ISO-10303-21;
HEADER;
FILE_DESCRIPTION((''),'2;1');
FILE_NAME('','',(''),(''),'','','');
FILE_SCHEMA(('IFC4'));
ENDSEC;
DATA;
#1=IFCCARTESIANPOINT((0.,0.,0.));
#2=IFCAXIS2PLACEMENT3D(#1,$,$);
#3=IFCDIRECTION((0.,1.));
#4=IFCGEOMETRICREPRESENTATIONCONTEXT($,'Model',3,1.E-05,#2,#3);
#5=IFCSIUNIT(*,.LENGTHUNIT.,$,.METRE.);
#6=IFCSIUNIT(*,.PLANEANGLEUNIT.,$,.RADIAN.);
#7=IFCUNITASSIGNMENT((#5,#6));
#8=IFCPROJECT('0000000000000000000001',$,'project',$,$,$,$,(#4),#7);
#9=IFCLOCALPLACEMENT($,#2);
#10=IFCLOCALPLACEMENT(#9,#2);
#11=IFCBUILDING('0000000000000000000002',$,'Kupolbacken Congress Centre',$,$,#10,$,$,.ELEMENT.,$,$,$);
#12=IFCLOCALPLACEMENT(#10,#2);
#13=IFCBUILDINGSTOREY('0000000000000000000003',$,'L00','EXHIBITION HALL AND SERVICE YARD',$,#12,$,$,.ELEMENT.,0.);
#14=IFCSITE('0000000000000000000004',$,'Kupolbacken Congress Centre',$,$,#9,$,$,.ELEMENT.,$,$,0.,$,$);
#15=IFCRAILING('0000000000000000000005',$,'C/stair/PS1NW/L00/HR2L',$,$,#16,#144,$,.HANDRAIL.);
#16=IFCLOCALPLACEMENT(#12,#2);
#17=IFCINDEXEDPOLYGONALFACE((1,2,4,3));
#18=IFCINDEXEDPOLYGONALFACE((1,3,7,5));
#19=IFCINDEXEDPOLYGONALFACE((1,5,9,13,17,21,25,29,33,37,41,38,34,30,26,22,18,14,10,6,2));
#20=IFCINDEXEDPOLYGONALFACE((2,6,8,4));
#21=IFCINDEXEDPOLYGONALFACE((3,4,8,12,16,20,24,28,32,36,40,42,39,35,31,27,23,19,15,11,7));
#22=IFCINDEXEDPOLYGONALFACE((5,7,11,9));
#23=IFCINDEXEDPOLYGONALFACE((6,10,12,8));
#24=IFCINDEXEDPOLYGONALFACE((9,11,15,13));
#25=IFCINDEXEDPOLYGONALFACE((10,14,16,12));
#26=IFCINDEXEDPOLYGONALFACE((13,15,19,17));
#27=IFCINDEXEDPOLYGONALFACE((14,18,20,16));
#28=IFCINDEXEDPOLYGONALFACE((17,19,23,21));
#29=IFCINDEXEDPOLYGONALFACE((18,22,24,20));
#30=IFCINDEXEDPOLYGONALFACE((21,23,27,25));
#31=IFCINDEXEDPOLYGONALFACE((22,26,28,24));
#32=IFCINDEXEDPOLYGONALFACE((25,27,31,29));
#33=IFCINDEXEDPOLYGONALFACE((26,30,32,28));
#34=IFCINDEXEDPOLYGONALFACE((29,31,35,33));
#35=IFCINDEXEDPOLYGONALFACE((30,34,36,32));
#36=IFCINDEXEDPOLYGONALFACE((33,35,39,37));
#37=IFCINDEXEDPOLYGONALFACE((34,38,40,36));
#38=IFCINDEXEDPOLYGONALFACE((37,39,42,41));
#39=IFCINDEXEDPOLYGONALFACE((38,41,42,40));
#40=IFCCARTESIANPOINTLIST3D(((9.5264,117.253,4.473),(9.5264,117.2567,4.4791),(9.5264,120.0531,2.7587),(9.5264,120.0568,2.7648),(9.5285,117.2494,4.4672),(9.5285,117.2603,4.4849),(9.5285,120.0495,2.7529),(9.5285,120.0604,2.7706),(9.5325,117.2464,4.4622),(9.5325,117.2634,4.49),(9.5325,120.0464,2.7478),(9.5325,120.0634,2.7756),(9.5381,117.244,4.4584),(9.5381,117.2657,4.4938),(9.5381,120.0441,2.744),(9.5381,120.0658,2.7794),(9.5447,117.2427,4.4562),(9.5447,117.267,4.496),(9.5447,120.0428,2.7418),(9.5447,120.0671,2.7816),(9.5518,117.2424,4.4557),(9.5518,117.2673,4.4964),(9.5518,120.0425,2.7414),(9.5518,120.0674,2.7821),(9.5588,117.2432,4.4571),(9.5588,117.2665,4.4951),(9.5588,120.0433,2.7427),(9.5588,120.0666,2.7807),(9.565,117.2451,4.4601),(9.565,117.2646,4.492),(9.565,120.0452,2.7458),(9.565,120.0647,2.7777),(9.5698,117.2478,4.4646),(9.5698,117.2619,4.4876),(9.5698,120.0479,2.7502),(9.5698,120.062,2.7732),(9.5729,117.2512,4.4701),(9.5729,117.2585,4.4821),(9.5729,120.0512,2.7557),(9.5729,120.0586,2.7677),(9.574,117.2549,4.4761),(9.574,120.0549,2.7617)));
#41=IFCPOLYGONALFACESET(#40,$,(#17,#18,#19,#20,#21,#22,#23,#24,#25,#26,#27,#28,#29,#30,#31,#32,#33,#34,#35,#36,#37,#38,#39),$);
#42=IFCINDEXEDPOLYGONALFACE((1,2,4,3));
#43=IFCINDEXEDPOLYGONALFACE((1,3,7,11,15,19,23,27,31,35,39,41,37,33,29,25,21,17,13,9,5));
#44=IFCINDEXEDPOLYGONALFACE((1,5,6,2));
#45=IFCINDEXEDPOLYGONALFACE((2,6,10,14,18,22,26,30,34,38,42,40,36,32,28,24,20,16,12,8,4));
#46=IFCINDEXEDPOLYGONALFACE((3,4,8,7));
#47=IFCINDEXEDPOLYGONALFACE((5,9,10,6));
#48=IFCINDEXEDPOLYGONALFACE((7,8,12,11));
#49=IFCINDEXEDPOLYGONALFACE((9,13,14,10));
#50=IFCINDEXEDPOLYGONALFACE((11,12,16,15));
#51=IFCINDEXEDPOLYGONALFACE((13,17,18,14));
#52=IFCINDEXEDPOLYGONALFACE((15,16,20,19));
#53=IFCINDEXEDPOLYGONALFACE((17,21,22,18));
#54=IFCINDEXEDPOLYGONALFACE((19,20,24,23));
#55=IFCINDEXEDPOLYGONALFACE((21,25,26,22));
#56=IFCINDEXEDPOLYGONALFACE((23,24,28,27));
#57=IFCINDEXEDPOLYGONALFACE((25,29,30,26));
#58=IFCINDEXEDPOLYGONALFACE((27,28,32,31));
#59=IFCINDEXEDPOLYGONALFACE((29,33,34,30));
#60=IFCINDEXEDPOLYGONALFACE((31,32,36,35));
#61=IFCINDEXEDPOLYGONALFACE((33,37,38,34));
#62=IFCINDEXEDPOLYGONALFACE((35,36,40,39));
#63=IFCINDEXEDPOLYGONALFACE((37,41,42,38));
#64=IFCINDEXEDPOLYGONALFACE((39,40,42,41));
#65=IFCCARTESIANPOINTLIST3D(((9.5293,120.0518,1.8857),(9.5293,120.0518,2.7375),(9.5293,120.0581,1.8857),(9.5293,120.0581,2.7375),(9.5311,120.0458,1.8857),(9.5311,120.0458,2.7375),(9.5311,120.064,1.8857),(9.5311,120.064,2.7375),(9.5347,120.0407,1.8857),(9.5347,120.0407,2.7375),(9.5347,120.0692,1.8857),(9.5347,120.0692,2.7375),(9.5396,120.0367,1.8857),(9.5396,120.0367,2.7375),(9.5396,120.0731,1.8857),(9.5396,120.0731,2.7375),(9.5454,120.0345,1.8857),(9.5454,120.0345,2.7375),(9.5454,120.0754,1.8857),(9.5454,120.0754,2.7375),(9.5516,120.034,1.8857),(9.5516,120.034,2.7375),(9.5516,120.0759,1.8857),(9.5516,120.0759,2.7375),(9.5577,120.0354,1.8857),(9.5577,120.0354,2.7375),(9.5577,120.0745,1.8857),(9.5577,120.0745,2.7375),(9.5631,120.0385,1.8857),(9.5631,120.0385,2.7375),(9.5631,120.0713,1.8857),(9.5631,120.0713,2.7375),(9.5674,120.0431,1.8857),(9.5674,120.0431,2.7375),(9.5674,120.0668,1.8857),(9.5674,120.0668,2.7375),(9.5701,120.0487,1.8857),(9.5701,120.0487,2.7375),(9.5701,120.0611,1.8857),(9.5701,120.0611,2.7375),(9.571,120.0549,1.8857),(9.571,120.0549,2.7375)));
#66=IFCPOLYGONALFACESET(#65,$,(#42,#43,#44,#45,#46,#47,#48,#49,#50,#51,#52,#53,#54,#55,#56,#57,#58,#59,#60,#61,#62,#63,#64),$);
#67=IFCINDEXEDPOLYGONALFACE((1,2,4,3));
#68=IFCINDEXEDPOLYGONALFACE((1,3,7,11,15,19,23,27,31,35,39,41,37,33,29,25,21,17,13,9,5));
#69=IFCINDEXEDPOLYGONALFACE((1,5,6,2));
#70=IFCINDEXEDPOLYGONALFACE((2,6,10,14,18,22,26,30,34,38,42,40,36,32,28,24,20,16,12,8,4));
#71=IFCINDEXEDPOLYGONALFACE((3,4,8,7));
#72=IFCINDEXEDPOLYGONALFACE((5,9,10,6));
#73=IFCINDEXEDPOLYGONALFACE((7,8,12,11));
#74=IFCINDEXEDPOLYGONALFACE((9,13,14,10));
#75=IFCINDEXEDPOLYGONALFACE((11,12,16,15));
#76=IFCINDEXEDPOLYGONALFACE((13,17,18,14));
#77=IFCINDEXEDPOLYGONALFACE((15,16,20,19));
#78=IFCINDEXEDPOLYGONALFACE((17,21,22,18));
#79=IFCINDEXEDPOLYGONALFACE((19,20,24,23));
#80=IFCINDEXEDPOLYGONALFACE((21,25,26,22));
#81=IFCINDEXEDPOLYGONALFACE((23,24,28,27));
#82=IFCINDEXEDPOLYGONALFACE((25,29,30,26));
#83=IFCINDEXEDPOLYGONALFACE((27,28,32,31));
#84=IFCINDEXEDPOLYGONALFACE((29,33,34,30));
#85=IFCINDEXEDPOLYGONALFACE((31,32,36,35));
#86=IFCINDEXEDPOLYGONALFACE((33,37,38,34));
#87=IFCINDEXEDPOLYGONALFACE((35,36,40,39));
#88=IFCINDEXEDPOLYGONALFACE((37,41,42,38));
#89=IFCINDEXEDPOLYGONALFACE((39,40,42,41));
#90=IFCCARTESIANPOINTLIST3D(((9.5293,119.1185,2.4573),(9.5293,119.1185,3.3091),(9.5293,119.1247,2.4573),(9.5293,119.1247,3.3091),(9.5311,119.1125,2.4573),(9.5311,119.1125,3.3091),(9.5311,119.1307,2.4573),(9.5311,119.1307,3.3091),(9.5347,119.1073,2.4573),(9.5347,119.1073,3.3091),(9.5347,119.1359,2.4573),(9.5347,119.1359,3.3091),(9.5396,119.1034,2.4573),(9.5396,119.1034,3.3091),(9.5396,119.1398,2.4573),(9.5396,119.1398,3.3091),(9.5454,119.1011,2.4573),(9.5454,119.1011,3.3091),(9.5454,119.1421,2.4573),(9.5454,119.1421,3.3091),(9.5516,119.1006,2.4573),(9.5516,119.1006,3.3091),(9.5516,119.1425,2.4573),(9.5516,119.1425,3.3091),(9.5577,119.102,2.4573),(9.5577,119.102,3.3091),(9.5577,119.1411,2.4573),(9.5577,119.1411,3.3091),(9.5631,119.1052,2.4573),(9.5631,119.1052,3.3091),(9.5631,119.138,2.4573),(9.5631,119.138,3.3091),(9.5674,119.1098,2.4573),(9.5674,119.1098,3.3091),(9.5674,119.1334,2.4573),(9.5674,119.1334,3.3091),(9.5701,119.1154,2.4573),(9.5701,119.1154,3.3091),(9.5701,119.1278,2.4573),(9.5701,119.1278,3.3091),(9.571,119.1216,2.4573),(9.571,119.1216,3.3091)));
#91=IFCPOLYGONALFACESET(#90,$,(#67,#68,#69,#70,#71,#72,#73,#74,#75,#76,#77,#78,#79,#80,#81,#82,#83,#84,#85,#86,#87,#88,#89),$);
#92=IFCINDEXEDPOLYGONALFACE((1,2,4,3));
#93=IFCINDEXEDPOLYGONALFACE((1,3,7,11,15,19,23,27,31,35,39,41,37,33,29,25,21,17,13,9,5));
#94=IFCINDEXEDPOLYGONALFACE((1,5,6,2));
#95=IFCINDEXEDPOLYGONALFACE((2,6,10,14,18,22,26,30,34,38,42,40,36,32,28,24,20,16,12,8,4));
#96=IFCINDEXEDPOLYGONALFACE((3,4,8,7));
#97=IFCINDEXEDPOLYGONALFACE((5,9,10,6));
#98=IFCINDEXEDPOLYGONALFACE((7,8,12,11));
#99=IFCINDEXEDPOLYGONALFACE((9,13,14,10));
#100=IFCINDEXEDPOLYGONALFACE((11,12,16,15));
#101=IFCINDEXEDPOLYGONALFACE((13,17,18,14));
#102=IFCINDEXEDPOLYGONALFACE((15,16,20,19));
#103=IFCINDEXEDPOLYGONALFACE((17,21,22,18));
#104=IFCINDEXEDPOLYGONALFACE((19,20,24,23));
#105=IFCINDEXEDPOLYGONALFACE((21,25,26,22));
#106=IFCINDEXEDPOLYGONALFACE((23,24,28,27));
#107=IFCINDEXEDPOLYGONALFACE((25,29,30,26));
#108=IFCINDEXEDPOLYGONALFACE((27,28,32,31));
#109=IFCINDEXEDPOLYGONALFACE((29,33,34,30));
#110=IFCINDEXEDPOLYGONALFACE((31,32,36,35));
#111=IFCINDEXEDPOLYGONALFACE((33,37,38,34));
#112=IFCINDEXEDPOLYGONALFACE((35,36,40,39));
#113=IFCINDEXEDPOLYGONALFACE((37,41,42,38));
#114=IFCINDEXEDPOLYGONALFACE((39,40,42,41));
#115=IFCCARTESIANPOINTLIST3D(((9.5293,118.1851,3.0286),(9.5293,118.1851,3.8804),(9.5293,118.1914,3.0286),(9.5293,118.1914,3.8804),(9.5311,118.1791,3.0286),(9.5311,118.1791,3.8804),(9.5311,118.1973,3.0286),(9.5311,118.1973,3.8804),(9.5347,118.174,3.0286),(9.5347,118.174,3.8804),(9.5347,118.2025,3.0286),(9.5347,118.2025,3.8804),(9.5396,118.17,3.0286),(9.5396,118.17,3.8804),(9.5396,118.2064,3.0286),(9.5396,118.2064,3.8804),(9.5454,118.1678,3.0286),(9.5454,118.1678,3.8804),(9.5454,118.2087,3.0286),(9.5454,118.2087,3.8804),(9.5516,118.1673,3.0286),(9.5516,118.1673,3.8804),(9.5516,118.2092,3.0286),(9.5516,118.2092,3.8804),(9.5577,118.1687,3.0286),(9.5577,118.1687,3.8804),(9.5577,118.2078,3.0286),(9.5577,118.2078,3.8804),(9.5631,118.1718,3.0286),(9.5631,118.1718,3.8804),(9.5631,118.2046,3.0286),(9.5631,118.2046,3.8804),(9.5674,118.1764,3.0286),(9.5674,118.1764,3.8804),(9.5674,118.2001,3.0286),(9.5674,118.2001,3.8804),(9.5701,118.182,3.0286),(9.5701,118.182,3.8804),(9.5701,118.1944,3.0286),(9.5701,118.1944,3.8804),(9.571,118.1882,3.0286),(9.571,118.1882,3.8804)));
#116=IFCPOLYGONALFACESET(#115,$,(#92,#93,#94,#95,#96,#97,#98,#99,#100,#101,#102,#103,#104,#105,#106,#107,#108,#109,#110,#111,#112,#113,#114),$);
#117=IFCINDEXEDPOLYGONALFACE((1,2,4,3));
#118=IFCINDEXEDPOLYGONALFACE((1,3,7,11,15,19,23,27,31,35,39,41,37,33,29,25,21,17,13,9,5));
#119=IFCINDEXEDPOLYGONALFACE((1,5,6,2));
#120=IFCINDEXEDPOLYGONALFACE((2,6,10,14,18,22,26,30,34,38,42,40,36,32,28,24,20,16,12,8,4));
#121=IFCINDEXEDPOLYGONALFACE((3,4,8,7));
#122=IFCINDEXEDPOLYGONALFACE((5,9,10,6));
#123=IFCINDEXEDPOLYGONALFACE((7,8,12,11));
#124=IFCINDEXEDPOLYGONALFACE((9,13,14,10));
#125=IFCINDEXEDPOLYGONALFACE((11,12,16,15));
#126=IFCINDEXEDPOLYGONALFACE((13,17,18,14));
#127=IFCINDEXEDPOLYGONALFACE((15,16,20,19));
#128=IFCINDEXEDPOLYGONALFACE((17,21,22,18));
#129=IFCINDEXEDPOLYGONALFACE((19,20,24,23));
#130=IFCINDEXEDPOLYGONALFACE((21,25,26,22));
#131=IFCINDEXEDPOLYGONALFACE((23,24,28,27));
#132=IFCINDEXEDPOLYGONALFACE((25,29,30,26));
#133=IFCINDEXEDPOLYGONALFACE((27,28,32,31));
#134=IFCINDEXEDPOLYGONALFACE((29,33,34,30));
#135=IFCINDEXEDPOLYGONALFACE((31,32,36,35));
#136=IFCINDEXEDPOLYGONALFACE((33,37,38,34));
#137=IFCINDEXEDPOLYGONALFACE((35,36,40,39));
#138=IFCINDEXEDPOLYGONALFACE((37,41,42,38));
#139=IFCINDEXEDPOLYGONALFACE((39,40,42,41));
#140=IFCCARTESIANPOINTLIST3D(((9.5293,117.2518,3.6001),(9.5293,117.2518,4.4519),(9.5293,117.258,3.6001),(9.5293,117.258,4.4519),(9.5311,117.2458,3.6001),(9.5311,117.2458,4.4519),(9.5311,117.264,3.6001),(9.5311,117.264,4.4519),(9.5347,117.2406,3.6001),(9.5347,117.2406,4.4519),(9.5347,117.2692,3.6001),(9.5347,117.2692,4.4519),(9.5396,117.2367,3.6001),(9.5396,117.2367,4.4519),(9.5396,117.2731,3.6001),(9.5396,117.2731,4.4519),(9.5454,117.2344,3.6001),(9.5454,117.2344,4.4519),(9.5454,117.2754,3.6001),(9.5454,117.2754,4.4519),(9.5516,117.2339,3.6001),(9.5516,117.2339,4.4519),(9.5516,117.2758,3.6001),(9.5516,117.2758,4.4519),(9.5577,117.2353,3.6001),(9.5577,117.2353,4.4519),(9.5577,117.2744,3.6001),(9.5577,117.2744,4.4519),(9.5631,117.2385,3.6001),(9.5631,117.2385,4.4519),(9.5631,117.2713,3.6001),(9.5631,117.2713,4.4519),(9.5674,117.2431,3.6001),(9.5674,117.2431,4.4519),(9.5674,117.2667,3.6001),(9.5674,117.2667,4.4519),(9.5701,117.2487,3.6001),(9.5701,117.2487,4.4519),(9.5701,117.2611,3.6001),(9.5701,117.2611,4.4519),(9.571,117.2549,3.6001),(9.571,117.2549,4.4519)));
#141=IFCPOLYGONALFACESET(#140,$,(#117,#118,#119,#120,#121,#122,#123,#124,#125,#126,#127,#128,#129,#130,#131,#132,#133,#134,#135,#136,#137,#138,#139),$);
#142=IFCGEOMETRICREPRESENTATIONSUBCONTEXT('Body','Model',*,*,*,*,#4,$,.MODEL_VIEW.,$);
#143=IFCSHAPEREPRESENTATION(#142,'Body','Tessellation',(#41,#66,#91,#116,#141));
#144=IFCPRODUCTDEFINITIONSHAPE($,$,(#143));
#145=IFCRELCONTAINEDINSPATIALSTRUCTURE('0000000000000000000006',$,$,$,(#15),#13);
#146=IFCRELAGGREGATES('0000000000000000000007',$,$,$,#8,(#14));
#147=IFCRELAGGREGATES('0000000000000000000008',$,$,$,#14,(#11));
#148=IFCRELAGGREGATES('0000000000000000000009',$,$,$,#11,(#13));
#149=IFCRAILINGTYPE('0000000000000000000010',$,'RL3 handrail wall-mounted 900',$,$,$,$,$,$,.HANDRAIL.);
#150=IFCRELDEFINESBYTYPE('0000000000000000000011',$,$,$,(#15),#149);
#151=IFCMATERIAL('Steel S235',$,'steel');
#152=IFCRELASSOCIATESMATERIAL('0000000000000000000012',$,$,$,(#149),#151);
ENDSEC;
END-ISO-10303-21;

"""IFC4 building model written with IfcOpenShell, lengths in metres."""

from ifc_helpers import new_model, si_unit, direction, frame, origin, origin_2d, place, context, subcontext, project, spatial, circle, extrude, material, type_object, element, save


model = new_model("IFC4")

# Units and contexts
model_context = context("Model", 3, precision=1e-05, world=origin(), true_north=direction((0.0, 1.0)))
body_context = subcontext(model_context, "Body", "Model", "MODEL_VIEW")
ifc_project = project(units=[si_unit("LENGTHUNIT", "METRE"), si_unit("PLANEANGLEUNIT", "RADIAN")], contexts=[model_context])

# Site, building, storey
site_placement = place(None, origin())
site = spatial("IfcSite", under=ifc_project, at=site_placement, Name="Kupolbacken Congress Centre", CompositionType="ELEMENT", RefElevation=0.0)
building_placement = place(site_placement, origin())
building = spatial("IfcBuilding", under=site, at=building_placement, Name="Kupolbacken Congress Centre", CompositionType="ELEMENT")
storey_placement = place(building_placement, origin())
storey = spatial("IfcBuildingStorey", under=building, at=storey_placement, Name="L00", Description="EXHIBITION HALL AND SERVICE YARD", CompositionType="ELEMENT", Elevation=0.0)

# Railing
ifc_material_1 = material(Name="Steel S235", Category="steel")
railing_type = type_object("IfcRailingType", Name="RL3 handrail wall-mounted 900", PredefinedType="HANDRAIL", material=ifc_material_1)
for number, where, name in (
    (1, (9.55, 120.0549, 1.8857), "C/stair/PS1NW/L00/HR2L"),
):
    element("IfcRailing", number, at=place(storey_placement, frame(where)), inside=storey, type_object=railing_type, Name=name, PredefinedType="HANDRAIL", context=body_context, shape_type="SweptSolid", body=[
        extrude(circle(Radius=0.0239, at=origin_2d()), frame((0.0, 0.0, 0.876), z_axis=(0.0, -0.852846, 0.522163), x_axis=(1.0, 0.0, 0.0)), (0.0, 0.0, 1.0), 3.2832),
        extrude(circle(Radius=0.021, at=origin_2d()), origin(), (0.0, 0.0, 1.0), 0.8518),
        extrude(circle(Radius=0.021, at=origin_2d()), frame((0.0, -0.9333, 0.5715)), (0.0, 0.0, 1.0), 0.8518),
        extrude(circle(Radius=0.021, at=origin_2d()), frame((0.0, -1.8667, 1.1428)), (0.0, 0.0, 1.0), 0.8518),
        extrude(circle(Radius=0.021, at=origin_2d()), frame((0.0, -2.8, 1.7144)), (0.0, 0.0, 1.0), 0.8518),
    ])

save(model, "model.ifc")
